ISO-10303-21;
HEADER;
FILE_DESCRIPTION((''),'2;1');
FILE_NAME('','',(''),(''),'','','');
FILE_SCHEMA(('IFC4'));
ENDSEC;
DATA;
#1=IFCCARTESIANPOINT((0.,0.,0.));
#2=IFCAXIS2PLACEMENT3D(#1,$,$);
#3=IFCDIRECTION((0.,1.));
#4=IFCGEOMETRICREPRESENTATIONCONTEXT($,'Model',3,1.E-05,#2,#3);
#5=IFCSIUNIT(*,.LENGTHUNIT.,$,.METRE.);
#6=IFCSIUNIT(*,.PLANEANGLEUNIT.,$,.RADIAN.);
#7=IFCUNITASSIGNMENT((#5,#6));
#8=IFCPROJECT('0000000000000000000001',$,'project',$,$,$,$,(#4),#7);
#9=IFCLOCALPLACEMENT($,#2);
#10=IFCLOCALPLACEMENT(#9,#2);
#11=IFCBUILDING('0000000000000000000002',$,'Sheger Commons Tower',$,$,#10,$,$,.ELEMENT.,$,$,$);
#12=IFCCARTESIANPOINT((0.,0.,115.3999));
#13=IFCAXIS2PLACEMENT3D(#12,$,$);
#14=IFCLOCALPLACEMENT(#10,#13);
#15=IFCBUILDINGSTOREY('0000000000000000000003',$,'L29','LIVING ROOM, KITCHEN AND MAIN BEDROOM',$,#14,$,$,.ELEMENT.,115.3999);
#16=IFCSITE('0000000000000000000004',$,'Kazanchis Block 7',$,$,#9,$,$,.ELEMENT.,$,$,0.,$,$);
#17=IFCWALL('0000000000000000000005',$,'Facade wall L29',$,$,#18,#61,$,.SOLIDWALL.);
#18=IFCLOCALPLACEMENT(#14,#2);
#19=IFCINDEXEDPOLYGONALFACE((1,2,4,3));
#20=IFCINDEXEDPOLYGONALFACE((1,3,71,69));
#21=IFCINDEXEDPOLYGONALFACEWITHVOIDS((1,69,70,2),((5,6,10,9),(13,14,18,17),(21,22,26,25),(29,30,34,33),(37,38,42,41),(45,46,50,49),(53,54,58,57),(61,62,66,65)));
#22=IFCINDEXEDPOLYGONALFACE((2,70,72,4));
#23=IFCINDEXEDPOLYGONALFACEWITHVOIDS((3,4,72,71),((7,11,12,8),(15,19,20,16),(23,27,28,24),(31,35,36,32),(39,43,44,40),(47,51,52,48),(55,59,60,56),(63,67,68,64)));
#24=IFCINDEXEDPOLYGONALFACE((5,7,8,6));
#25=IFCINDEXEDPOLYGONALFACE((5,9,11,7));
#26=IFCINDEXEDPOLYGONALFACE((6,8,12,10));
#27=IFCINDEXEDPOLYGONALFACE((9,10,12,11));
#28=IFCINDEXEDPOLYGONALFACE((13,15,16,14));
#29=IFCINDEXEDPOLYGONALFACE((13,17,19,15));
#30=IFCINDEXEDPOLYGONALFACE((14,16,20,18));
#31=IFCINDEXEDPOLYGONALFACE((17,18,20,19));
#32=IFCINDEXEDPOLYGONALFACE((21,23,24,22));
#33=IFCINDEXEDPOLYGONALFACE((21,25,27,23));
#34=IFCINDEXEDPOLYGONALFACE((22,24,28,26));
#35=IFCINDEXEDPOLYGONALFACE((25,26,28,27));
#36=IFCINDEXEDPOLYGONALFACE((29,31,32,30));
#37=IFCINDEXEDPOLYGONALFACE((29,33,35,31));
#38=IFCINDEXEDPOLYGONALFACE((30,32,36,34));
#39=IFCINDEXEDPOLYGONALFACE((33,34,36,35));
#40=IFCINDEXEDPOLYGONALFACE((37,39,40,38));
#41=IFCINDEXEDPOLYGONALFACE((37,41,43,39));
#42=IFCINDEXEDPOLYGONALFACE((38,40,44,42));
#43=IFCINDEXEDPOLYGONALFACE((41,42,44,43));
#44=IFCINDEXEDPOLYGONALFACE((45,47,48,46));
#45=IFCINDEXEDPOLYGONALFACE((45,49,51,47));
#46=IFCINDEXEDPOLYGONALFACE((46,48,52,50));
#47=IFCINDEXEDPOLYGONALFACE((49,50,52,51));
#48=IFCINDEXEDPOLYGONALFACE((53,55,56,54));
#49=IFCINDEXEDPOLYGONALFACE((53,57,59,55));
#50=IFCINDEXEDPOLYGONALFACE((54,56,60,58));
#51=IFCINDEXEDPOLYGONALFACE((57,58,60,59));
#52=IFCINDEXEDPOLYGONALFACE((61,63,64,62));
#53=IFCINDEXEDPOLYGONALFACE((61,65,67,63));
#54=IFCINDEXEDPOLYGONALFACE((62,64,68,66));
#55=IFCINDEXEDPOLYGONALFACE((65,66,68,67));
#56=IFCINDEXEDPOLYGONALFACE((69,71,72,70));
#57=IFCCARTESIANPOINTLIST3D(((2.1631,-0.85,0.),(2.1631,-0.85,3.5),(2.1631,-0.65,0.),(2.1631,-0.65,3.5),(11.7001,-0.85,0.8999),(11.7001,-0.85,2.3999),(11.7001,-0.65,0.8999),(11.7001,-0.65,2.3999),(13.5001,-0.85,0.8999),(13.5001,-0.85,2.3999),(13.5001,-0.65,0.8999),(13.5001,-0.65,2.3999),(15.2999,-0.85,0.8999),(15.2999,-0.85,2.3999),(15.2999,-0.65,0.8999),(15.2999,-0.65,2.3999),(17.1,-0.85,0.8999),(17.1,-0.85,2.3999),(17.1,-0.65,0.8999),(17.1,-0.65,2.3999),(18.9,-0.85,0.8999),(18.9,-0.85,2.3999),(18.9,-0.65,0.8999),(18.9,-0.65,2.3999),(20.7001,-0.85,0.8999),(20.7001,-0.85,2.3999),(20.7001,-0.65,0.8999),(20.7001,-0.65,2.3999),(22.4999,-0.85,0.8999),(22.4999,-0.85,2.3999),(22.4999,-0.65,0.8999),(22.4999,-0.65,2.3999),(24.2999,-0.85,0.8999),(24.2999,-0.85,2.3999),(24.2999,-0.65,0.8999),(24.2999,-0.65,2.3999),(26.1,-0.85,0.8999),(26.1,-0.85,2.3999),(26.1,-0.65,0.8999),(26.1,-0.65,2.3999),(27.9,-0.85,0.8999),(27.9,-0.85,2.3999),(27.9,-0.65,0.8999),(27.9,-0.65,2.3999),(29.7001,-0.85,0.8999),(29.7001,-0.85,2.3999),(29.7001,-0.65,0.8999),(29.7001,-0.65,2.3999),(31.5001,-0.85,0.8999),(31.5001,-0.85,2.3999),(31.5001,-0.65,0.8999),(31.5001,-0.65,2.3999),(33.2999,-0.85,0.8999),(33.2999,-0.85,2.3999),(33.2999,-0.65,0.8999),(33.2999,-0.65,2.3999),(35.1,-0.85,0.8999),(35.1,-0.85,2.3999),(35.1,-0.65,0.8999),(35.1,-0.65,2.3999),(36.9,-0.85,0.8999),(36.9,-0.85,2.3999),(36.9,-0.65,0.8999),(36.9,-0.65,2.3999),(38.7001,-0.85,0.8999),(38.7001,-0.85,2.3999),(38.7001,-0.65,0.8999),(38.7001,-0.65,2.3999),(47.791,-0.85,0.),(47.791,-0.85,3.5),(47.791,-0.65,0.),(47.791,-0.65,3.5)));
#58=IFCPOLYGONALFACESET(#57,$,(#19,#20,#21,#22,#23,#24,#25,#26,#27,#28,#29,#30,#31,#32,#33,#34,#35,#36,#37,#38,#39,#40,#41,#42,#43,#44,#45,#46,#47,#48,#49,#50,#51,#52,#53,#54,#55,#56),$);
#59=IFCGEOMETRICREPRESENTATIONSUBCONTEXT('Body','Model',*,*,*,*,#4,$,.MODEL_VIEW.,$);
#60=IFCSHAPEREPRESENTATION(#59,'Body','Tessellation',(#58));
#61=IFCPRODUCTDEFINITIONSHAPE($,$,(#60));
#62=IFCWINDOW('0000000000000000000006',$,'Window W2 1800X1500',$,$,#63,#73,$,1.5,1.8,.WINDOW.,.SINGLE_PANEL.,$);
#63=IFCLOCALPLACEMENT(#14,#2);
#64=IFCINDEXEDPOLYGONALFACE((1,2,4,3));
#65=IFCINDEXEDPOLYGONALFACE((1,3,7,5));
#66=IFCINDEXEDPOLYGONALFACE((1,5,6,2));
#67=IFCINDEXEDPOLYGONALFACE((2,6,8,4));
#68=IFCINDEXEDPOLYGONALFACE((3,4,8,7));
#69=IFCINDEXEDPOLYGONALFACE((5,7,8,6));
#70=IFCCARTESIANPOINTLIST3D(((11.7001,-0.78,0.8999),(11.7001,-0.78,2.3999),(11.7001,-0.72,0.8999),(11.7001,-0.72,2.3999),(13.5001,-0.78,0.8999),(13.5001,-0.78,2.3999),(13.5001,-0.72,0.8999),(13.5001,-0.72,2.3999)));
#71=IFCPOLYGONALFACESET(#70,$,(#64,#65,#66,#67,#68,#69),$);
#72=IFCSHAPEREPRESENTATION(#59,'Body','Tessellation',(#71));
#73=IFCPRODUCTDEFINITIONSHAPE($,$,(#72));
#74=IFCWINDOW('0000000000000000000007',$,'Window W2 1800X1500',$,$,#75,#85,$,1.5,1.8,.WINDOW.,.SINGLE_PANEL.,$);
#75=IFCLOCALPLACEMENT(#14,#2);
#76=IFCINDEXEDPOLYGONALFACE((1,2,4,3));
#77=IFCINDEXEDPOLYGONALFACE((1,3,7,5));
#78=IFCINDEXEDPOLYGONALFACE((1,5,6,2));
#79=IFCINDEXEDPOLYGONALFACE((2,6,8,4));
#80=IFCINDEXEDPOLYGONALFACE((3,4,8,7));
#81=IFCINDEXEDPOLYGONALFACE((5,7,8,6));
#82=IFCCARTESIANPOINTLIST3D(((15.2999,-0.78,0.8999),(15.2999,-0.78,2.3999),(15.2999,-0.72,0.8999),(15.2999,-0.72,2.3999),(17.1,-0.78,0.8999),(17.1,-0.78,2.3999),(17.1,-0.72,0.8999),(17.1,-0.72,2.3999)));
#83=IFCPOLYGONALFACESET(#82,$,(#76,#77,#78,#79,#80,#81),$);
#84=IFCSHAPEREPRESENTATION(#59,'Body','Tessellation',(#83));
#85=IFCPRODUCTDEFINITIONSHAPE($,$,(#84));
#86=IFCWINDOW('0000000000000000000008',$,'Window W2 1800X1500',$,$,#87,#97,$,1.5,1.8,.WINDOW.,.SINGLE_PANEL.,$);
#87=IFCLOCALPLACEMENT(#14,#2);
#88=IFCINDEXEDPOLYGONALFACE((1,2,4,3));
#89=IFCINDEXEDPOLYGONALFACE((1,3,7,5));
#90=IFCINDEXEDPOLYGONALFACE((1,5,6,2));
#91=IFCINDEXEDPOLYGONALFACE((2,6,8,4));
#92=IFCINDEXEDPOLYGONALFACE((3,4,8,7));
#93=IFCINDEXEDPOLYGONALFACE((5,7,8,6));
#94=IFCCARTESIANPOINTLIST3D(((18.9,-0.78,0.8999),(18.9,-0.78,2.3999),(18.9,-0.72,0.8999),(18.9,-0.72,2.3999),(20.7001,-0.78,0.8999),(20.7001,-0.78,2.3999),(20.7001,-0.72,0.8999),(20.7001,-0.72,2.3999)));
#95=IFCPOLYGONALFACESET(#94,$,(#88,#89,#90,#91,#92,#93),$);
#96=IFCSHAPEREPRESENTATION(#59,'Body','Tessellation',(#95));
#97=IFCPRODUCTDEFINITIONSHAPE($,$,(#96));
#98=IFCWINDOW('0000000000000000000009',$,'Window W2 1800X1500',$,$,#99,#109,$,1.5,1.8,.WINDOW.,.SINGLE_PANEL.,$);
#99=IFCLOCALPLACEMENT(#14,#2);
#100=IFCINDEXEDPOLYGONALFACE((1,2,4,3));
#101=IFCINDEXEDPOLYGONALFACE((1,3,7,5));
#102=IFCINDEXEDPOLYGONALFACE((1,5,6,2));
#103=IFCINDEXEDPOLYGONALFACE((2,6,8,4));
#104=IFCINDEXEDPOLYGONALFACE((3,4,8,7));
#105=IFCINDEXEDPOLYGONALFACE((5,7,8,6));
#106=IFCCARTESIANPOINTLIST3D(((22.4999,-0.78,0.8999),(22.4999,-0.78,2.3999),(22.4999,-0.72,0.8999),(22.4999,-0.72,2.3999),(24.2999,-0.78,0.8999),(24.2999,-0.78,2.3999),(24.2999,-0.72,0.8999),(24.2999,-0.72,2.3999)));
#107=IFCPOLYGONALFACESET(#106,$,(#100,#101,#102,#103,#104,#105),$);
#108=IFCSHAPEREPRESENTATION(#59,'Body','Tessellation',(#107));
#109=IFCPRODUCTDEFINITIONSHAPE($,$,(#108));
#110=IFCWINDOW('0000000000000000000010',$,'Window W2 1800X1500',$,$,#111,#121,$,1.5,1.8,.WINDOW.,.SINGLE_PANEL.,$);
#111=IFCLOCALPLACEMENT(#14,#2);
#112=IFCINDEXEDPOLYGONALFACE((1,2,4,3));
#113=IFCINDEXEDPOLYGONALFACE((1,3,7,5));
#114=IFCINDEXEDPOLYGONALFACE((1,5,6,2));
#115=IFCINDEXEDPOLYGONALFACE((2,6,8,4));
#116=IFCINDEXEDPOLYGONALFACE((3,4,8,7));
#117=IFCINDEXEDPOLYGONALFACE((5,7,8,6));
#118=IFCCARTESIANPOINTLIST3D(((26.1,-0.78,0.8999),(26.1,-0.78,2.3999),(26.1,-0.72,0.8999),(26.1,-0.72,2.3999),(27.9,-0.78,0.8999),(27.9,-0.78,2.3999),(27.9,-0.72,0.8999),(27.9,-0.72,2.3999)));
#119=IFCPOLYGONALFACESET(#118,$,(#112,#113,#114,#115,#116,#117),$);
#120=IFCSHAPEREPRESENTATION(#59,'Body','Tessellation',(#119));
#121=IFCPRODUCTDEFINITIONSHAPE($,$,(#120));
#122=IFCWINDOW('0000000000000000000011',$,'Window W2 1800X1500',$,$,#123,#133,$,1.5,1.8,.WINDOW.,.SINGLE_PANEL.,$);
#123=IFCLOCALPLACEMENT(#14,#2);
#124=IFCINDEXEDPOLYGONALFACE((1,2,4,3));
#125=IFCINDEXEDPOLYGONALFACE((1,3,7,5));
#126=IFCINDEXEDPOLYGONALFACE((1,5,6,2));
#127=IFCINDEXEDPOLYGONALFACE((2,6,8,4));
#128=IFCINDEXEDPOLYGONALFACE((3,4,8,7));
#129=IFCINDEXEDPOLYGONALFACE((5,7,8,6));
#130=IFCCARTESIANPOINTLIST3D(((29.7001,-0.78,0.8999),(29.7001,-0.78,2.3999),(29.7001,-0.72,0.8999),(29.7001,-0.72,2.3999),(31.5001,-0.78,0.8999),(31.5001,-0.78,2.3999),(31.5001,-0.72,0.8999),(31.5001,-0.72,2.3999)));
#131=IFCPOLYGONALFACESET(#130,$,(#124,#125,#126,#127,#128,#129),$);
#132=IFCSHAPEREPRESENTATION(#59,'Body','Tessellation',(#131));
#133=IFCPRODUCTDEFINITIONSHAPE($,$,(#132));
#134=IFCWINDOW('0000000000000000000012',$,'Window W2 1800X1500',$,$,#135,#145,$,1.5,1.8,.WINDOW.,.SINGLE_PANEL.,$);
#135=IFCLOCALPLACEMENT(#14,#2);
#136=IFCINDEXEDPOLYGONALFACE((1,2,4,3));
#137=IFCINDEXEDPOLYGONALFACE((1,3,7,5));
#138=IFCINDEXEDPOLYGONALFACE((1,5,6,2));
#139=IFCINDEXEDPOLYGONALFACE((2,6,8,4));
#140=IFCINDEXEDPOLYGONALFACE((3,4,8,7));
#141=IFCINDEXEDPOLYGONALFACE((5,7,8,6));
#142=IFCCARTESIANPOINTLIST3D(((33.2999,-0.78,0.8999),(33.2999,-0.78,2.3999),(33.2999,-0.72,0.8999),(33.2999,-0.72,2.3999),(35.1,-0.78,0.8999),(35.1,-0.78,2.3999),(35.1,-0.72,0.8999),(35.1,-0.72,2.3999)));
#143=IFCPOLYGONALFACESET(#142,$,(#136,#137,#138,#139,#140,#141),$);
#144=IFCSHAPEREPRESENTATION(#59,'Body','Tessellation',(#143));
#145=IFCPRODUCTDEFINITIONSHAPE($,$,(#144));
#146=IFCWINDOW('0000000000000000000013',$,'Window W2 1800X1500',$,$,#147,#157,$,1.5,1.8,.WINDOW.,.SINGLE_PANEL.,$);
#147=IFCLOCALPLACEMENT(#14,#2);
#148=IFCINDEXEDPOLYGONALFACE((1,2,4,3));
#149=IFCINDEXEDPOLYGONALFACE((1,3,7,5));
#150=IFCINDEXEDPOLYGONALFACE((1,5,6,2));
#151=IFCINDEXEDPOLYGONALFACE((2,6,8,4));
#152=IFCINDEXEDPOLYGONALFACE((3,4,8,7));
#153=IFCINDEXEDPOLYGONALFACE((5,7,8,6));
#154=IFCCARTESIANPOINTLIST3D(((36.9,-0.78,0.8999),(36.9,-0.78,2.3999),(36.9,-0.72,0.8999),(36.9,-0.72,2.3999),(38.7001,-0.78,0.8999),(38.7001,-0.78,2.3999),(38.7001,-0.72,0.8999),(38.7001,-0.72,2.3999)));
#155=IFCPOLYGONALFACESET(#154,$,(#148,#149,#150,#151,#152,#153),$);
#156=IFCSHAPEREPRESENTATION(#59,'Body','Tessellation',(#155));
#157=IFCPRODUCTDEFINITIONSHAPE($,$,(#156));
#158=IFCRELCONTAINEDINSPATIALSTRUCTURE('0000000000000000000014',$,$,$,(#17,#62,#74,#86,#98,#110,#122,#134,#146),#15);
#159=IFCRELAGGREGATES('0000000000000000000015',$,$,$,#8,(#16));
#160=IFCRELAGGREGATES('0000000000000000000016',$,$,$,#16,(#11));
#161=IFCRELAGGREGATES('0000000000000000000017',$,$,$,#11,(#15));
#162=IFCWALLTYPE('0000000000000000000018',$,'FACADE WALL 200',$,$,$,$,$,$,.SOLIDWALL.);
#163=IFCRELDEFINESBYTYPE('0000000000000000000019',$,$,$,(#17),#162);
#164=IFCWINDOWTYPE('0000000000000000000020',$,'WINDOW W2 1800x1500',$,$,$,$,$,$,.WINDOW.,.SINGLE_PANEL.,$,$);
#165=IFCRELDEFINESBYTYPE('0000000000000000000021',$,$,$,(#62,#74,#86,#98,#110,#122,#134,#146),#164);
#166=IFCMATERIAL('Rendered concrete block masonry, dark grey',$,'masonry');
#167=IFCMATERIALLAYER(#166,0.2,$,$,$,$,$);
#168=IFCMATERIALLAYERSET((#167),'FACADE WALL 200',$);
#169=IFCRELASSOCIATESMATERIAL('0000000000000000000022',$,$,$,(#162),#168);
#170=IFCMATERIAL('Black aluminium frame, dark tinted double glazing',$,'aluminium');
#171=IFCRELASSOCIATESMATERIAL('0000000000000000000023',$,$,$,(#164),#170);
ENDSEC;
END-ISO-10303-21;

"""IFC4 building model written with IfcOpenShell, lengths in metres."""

from ifc_helpers import new_model, si_unit, direction, frame, frame_2d, origin, place, context, subcontext, project, spatial, rectangle, extrude, material, layer, layer_set, type_object, element, fill, save


model = new_model("IFC4")

# Units and contexts
model_context = context("Model", 3, precision=1e-05, world=origin(), true_north=direction((0.0, 1.0)))
body_context = subcontext(model_context, "Body", "Model", "MODEL_VIEW")
ifc_project = project(units=[si_unit("LENGTHUNIT", "METRE"), si_unit("PLANEANGLEUNIT", "RADIAN")], contexts=[model_context])

# Site, building, storey
site_placement = place(None, origin())
site = spatial("IfcSite", under=ifc_project, at=site_placement, Name="Kazanchis Block 7", CompositionType="ELEMENT", RefElevation=0.0)
building_placement = place(site_placement, origin())
building = spatial("IfcBuilding", under=site, at=building_placement, Name="Sheger Commons Tower", CompositionType="ELEMENT")
storey_placement = place(building_placement, frame((0.0, 0.0, 115.3999)))
storey = spatial("IfcBuildingStorey", under=building, at=storey_placement, Name="L29", Description="LIVING ROOM, KITCHEN AND MAIN BEDROOM", CompositionType="ELEMENT", Elevation=115.3999)

# Wall, openings, windows
ifc_material_1 = material(Name="Rendered concrete block masonry, dark grey", Category="masonry")
ifc_layer_1 = layer(ifc_material_1, 0.2)
ifc_layer_set_1 = layer_set([ifc_layer_1], Name="FACADE WALL 200")
wall_type_1 = type_object("IfcWallType", Name="FACADE WALL 200", PredefinedType="SOLIDWALL", material=ifc_layer_set_1)
wall_1_placement = place(storey_placement, frame((2.1631, -0.75, 0.0), z_axis=(0.0, 0.0, 1.0), x_axis=(1.0, 0.0, 0.0)))
wall_1 = element("IfcWall", 1, at=wall_1_placement, inside=storey, type_object=wall_type_1, Name="Facade wall L29", PredefinedType="SOLIDWALL", context=body_context, shape_type="SweptSolid", body=[
    extrude(rectangle(XDim=45.6279, YDim=0.2, at=frame_2d((22.814, 0.0))), origin(), (0.0, 0.0, 1.0), 3.5),
])
opening_1_placement = place(wall_1_placement, frame((9.5371, 0.0, 0.8999)))
opening_1 = element("IfcOpeningElement", 2, at=opening_1_placement, cuts=wall_1, PredefinedType="OPENING", context=body_context, shape_type="SweptSolid", body=[
    extrude(rectangle(XDim=1.8, YDim=1.5, at=frame_2d((0.8999, 0.75))), frame((0.0, 0.1099, 0.0), z_axis=(0.0, -1.0, 0.0), x_axis=(1.0, 0.0, 0.0)), (0.0, 0.0, 1.0), 0.22),
])
opening_2_placement = place(wall_1_placement, frame((13.137, 0.0, 0.8999)))
opening_2 = element("IfcOpeningElement", 3, at=opening_2_placement, cuts=wall_1, PredefinedType="OPENING", context=body_context, shape_type="SweptSolid", body=[
    extrude(rectangle(XDim=1.8, YDim=1.5, at=frame_2d((0.8999, 0.75))), frame((0.0, 0.1099, 0.0), z_axis=(0.0, -1.0, 0.0), x_axis=(1.0, 0.0, 0.0)), (0.0, 0.0, 1.0), 0.22),
])
opening_3_placement = place(wall_1_placement, frame((16.7371, 0.0, 0.8999)))
opening_3 = element("IfcOpeningElement", 4, at=opening_3_placement, cuts=wall_1, PredefinedType="OPENING", context=body_context, shape_type="SweptSolid", body=[
    extrude(rectangle(XDim=1.8, YDim=1.5, at=frame_2d((0.8999, 0.75))), frame((0.0, 0.1099, 0.0), z_axis=(0.0, -1.0, 0.0), x_axis=(1.0, 0.0, 0.0)), (0.0, 0.0, 1.0), 0.22),
])
opening_4_placement = place(wall_1_placement, frame((20.3369, 0.0, 0.8999)))
opening_4 = element("IfcOpeningElement", 5, at=opening_4_placement, cuts=wall_1, PredefinedType="OPENING", context=body_context, shape_type="SweptSolid", body=[
    extrude(rectangle(XDim=1.8, YDim=1.5, at=frame_2d((0.8999, 0.75))), frame((0.0, 0.1099, 0.0), z_axis=(0.0, -1.0, 0.0), x_axis=(1.0, 0.0, 0.0)), (0.0, 0.0, 1.0), 0.22),
])
opening_5_placement = place(wall_1_placement, frame((23.937, 0.0, 0.8999)))
opening_5 = element("IfcOpeningElement", 6, at=opening_5_placement, cuts=wall_1, PredefinedType="OPENING", context=body_context, shape_type="SweptSolid", body=[
    extrude(rectangle(XDim=1.8, YDim=1.5, at=frame_2d((0.8999, 0.75))), frame((0.0, 0.1099, 0.0), z_axis=(0.0, -1.0, 0.0), x_axis=(1.0, 0.0, 0.0)), (0.0, 0.0, 1.0), 0.22),
])
opening_6_placement = place(wall_1_placement, frame((27.5371, 0.0, 0.8999)))
opening_6 = element("IfcOpeningElement", 7, at=opening_6_placement, cuts=wall_1, PredefinedType="OPENING", context=body_context, shape_type="SweptSolid", body=[
    extrude(rectangle(XDim=1.8, YDim=1.5, at=frame_2d((0.8999, 0.75))), frame((0.0, 0.1099, 0.0), z_axis=(0.0, -1.0, 0.0), x_axis=(1.0, 0.0, 0.0)), (0.0, 0.0, 1.0), 0.22),
])
opening_7_placement = place(wall_1_placement, frame((31.137, 0.0, 0.8999)))
opening_7 = element("IfcOpeningElement", 8, at=opening_7_placement, cuts=wall_1, PredefinedType="OPENING", context=body_context, shape_type="SweptSolid", body=[
    extrude(rectangle(XDim=1.8, YDim=1.5, at=frame_2d((0.8999, 0.75))), frame((0.0, 0.1099, 0.0), z_axis=(0.0, -1.0, 0.0), x_axis=(1.0, 0.0, 0.0)), (0.0, 0.0, 1.0), 0.22),
])
opening_8_placement = place(wall_1_placement, frame((34.7371, 0.0, 0.8999)))
opening_8 = element("IfcOpeningElement", 9, at=opening_8_placement, cuts=wall_1, PredefinedType="OPENING", context=body_context, shape_type="SweptSolid", body=[
    extrude(rectangle(XDim=1.8, YDim=1.5, at=frame_2d((0.8999, 0.75))), frame((0.0, 0.1099, 0.0), z_axis=(0.0, -1.0, 0.0), x_axis=(1.0, 0.0, 0.0)), (0.0, 0.0, 1.0), 0.22),
])
ifc_material_2 = material(Name="Black aluminium frame, dark tinted double glazing", Category="aluminium")
window_type = type_object("IfcWindowType", Name="WINDOW W2 1800x1500", PartitioningType="SINGLE_PANEL", PredefinedType="WINDOW", material=ifc_material_2)
window_1_placement = place(opening_1_placement, origin())
window_1 = element("IfcWindow", 10, at=window_1_placement, inside=storey, type_object=window_type, Name="Window W2 1800X1500", OverallHeight=1.5, OverallWidth=1.8, PartitioningType="SINGLE_PANEL", PredefinedType="WINDOW", context=body_context, shape_type="SweptSolid", body=[
    extrude(rectangle(XDim=1.8, YDim=1.5, at=frame_2d((0.8999, 0.75))), frame((0.0, 0.03, 0.0), z_axis=(0.0, -1.0, 0.0), x_axis=(1.0, 0.0, 0.0)), (0.0, 0.0, 1.0), 0.0601),
])
fill(opening_1, window_1)
window_2_placement = place(opening_2_placement, origin())
window_2 = element("IfcWindow", 11, at=window_2_placement, inside=storey, type_object=window_type, Name="Window W2 1800X1500", OverallHeight=1.5, OverallWidth=1.8, PartitioningType="SINGLE_PANEL", PredefinedType="WINDOW", context=body_context, shape_type="SweptSolid", body=[
    extrude(rectangle(XDim=1.8, YDim=1.5, at=frame_2d((0.8999, 0.75))), frame((0.0, 0.03, 0.0), z_axis=(0.0, -1.0, 0.0), x_axis=(1.0, 0.0, 0.0)), (0.0, 0.0, 1.0), 0.0601),
])
fill(opening_2, window_2)
window_3_placement = place(opening_3_placement, origin())
window_3 = element("IfcWindow", 12, at=window_3_placement, inside=storey, type_object=window_type, Name="Window W2 1800X1500", OverallHeight=1.5, OverallWidth=1.8, PartitioningType="SINGLE_PANEL", PredefinedType="WINDOW", context=body_context, shape_type="SweptSolid", body=[
    extrude(rectangle(XDim=1.8, YDim=1.5, at=frame_2d((0.8999, 0.75))), frame((0.0, 0.03, 0.0), z_axis=(0.0, -1.0, 0.0), x_axis=(1.0, 0.0, 0.0)), (0.0, 0.0, 1.0), 0.0601),
])
fill(opening_3, window_3)
window_4_placement = place(opening_4_placement, origin())
window_4 = element("IfcWindow", 13, at=window_4_placement, inside=storey, type_object=window_type, Name="Window W2 1800X1500", OverallHeight=1.5, OverallWidth=1.8, PartitioningType="SINGLE_PANEL", PredefinedType="WINDOW", context=body_context, shape_type="SweptSolid", body=[
    extrude(rectangle(XDim=1.8, YDim=1.5, at=frame_2d((0.8999, 0.75))), frame((0.0, 0.03, 0.0), z_axis=(0.0, -1.0, 0.0), x_axis=(1.0, 0.0, 0.0)), (0.0, 0.0, 1.0), 0.0601),
])
fill(opening_4, window_4)
window_5_placement = place(opening_5_placement, origin())
window_5 = element("IfcWindow", 14, at=window_5_placement, inside=storey, type_object=window_type, Name="Window W2 1800X1500", OverallHeight=1.5, OverallWidth=1.8, PartitioningType="SINGLE_PANEL", PredefinedType="WINDOW", context=body_context, shape_type="SweptSolid", body=[
    extrude(rectangle(XDim=1.8, YDim=1.5, at=frame_2d((0.8999, 0.75))), frame((0.0, 0.03, 0.0), z_axis=(0.0, -1.0, 0.0), x_axis=(1.0, 0.0, 0.0)), (0.0, 0.0, 1.0), 0.0601),
])
fill(opening_5, window_5)
window_6_placement = place(opening_6_placement, origin())
window_6 = element("IfcWindow", 15, at=window_6_placement, inside=storey, type_object=window_type, Name="Window W2 1800X1500", OverallHeight=1.5, OverallWidth=1.8, PartitioningType="SINGLE_PANEL", PredefinedType="WINDOW", context=body_context, shape_type="SweptSolid", body=[
    extrude(rectangle(XDim=1.8, YDim=1.5, at=frame_2d((0.8999, 0.75))), frame((0.0, 0.03, 0.0), z_axis=(0.0, -1.0, 0.0), x_axis=(1.0, 0.0, 0.0)), (0.0, 0.0, 1.0), 0.0601),
])
fill(opening_6, window_6)
window_7_placement = place(opening_7_placement, origin())
window_7 = element("IfcWindow", 16, at=window_7_placement, inside=storey, type_object=window_type, Name="Window W2 1800X1500", OverallHeight=1.5, OverallWidth=1.8, PartitioningType="SINGLE_PANEL", PredefinedType="WINDOW", context=body_context, shape_type="SweptSolid", body=[
    extrude(rectangle(XDim=1.8, YDim=1.5, at=frame_2d((0.8999, 0.75))), frame((0.0, 0.03, 0.0), z_axis=(0.0, -1.0, 0.0), x_axis=(1.0, 0.0, 0.0)), (0.0, 0.0, 1.0), 0.0601),
])
fill(opening_7, window_7)
window_8_placement = place(opening_8_placement, origin())
window_8 = element("IfcWindow", 17, at=window_8_placement, inside=storey, type_object=window_type, Name="Window W2 1800X1500", OverallHeight=1.5, OverallWidth=1.8, PartitioningType="SINGLE_PANEL", PredefinedType="WINDOW", context=body_context, shape_type="SweptSolid", body=[
    extrude(rectangle(XDim=1.8, YDim=1.5, at=frame_2d((0.8999, 0.75))), frame((0.0, 0.03, 0.0), z_axis=(0.0, -1.0, 0.0), x_axis=(1.0, 0.0, 0.0)), (0.0, 0.0, 1.0), 0.0601),
])
fill(opening_8, window_8)

save(model, "model.ifc")
